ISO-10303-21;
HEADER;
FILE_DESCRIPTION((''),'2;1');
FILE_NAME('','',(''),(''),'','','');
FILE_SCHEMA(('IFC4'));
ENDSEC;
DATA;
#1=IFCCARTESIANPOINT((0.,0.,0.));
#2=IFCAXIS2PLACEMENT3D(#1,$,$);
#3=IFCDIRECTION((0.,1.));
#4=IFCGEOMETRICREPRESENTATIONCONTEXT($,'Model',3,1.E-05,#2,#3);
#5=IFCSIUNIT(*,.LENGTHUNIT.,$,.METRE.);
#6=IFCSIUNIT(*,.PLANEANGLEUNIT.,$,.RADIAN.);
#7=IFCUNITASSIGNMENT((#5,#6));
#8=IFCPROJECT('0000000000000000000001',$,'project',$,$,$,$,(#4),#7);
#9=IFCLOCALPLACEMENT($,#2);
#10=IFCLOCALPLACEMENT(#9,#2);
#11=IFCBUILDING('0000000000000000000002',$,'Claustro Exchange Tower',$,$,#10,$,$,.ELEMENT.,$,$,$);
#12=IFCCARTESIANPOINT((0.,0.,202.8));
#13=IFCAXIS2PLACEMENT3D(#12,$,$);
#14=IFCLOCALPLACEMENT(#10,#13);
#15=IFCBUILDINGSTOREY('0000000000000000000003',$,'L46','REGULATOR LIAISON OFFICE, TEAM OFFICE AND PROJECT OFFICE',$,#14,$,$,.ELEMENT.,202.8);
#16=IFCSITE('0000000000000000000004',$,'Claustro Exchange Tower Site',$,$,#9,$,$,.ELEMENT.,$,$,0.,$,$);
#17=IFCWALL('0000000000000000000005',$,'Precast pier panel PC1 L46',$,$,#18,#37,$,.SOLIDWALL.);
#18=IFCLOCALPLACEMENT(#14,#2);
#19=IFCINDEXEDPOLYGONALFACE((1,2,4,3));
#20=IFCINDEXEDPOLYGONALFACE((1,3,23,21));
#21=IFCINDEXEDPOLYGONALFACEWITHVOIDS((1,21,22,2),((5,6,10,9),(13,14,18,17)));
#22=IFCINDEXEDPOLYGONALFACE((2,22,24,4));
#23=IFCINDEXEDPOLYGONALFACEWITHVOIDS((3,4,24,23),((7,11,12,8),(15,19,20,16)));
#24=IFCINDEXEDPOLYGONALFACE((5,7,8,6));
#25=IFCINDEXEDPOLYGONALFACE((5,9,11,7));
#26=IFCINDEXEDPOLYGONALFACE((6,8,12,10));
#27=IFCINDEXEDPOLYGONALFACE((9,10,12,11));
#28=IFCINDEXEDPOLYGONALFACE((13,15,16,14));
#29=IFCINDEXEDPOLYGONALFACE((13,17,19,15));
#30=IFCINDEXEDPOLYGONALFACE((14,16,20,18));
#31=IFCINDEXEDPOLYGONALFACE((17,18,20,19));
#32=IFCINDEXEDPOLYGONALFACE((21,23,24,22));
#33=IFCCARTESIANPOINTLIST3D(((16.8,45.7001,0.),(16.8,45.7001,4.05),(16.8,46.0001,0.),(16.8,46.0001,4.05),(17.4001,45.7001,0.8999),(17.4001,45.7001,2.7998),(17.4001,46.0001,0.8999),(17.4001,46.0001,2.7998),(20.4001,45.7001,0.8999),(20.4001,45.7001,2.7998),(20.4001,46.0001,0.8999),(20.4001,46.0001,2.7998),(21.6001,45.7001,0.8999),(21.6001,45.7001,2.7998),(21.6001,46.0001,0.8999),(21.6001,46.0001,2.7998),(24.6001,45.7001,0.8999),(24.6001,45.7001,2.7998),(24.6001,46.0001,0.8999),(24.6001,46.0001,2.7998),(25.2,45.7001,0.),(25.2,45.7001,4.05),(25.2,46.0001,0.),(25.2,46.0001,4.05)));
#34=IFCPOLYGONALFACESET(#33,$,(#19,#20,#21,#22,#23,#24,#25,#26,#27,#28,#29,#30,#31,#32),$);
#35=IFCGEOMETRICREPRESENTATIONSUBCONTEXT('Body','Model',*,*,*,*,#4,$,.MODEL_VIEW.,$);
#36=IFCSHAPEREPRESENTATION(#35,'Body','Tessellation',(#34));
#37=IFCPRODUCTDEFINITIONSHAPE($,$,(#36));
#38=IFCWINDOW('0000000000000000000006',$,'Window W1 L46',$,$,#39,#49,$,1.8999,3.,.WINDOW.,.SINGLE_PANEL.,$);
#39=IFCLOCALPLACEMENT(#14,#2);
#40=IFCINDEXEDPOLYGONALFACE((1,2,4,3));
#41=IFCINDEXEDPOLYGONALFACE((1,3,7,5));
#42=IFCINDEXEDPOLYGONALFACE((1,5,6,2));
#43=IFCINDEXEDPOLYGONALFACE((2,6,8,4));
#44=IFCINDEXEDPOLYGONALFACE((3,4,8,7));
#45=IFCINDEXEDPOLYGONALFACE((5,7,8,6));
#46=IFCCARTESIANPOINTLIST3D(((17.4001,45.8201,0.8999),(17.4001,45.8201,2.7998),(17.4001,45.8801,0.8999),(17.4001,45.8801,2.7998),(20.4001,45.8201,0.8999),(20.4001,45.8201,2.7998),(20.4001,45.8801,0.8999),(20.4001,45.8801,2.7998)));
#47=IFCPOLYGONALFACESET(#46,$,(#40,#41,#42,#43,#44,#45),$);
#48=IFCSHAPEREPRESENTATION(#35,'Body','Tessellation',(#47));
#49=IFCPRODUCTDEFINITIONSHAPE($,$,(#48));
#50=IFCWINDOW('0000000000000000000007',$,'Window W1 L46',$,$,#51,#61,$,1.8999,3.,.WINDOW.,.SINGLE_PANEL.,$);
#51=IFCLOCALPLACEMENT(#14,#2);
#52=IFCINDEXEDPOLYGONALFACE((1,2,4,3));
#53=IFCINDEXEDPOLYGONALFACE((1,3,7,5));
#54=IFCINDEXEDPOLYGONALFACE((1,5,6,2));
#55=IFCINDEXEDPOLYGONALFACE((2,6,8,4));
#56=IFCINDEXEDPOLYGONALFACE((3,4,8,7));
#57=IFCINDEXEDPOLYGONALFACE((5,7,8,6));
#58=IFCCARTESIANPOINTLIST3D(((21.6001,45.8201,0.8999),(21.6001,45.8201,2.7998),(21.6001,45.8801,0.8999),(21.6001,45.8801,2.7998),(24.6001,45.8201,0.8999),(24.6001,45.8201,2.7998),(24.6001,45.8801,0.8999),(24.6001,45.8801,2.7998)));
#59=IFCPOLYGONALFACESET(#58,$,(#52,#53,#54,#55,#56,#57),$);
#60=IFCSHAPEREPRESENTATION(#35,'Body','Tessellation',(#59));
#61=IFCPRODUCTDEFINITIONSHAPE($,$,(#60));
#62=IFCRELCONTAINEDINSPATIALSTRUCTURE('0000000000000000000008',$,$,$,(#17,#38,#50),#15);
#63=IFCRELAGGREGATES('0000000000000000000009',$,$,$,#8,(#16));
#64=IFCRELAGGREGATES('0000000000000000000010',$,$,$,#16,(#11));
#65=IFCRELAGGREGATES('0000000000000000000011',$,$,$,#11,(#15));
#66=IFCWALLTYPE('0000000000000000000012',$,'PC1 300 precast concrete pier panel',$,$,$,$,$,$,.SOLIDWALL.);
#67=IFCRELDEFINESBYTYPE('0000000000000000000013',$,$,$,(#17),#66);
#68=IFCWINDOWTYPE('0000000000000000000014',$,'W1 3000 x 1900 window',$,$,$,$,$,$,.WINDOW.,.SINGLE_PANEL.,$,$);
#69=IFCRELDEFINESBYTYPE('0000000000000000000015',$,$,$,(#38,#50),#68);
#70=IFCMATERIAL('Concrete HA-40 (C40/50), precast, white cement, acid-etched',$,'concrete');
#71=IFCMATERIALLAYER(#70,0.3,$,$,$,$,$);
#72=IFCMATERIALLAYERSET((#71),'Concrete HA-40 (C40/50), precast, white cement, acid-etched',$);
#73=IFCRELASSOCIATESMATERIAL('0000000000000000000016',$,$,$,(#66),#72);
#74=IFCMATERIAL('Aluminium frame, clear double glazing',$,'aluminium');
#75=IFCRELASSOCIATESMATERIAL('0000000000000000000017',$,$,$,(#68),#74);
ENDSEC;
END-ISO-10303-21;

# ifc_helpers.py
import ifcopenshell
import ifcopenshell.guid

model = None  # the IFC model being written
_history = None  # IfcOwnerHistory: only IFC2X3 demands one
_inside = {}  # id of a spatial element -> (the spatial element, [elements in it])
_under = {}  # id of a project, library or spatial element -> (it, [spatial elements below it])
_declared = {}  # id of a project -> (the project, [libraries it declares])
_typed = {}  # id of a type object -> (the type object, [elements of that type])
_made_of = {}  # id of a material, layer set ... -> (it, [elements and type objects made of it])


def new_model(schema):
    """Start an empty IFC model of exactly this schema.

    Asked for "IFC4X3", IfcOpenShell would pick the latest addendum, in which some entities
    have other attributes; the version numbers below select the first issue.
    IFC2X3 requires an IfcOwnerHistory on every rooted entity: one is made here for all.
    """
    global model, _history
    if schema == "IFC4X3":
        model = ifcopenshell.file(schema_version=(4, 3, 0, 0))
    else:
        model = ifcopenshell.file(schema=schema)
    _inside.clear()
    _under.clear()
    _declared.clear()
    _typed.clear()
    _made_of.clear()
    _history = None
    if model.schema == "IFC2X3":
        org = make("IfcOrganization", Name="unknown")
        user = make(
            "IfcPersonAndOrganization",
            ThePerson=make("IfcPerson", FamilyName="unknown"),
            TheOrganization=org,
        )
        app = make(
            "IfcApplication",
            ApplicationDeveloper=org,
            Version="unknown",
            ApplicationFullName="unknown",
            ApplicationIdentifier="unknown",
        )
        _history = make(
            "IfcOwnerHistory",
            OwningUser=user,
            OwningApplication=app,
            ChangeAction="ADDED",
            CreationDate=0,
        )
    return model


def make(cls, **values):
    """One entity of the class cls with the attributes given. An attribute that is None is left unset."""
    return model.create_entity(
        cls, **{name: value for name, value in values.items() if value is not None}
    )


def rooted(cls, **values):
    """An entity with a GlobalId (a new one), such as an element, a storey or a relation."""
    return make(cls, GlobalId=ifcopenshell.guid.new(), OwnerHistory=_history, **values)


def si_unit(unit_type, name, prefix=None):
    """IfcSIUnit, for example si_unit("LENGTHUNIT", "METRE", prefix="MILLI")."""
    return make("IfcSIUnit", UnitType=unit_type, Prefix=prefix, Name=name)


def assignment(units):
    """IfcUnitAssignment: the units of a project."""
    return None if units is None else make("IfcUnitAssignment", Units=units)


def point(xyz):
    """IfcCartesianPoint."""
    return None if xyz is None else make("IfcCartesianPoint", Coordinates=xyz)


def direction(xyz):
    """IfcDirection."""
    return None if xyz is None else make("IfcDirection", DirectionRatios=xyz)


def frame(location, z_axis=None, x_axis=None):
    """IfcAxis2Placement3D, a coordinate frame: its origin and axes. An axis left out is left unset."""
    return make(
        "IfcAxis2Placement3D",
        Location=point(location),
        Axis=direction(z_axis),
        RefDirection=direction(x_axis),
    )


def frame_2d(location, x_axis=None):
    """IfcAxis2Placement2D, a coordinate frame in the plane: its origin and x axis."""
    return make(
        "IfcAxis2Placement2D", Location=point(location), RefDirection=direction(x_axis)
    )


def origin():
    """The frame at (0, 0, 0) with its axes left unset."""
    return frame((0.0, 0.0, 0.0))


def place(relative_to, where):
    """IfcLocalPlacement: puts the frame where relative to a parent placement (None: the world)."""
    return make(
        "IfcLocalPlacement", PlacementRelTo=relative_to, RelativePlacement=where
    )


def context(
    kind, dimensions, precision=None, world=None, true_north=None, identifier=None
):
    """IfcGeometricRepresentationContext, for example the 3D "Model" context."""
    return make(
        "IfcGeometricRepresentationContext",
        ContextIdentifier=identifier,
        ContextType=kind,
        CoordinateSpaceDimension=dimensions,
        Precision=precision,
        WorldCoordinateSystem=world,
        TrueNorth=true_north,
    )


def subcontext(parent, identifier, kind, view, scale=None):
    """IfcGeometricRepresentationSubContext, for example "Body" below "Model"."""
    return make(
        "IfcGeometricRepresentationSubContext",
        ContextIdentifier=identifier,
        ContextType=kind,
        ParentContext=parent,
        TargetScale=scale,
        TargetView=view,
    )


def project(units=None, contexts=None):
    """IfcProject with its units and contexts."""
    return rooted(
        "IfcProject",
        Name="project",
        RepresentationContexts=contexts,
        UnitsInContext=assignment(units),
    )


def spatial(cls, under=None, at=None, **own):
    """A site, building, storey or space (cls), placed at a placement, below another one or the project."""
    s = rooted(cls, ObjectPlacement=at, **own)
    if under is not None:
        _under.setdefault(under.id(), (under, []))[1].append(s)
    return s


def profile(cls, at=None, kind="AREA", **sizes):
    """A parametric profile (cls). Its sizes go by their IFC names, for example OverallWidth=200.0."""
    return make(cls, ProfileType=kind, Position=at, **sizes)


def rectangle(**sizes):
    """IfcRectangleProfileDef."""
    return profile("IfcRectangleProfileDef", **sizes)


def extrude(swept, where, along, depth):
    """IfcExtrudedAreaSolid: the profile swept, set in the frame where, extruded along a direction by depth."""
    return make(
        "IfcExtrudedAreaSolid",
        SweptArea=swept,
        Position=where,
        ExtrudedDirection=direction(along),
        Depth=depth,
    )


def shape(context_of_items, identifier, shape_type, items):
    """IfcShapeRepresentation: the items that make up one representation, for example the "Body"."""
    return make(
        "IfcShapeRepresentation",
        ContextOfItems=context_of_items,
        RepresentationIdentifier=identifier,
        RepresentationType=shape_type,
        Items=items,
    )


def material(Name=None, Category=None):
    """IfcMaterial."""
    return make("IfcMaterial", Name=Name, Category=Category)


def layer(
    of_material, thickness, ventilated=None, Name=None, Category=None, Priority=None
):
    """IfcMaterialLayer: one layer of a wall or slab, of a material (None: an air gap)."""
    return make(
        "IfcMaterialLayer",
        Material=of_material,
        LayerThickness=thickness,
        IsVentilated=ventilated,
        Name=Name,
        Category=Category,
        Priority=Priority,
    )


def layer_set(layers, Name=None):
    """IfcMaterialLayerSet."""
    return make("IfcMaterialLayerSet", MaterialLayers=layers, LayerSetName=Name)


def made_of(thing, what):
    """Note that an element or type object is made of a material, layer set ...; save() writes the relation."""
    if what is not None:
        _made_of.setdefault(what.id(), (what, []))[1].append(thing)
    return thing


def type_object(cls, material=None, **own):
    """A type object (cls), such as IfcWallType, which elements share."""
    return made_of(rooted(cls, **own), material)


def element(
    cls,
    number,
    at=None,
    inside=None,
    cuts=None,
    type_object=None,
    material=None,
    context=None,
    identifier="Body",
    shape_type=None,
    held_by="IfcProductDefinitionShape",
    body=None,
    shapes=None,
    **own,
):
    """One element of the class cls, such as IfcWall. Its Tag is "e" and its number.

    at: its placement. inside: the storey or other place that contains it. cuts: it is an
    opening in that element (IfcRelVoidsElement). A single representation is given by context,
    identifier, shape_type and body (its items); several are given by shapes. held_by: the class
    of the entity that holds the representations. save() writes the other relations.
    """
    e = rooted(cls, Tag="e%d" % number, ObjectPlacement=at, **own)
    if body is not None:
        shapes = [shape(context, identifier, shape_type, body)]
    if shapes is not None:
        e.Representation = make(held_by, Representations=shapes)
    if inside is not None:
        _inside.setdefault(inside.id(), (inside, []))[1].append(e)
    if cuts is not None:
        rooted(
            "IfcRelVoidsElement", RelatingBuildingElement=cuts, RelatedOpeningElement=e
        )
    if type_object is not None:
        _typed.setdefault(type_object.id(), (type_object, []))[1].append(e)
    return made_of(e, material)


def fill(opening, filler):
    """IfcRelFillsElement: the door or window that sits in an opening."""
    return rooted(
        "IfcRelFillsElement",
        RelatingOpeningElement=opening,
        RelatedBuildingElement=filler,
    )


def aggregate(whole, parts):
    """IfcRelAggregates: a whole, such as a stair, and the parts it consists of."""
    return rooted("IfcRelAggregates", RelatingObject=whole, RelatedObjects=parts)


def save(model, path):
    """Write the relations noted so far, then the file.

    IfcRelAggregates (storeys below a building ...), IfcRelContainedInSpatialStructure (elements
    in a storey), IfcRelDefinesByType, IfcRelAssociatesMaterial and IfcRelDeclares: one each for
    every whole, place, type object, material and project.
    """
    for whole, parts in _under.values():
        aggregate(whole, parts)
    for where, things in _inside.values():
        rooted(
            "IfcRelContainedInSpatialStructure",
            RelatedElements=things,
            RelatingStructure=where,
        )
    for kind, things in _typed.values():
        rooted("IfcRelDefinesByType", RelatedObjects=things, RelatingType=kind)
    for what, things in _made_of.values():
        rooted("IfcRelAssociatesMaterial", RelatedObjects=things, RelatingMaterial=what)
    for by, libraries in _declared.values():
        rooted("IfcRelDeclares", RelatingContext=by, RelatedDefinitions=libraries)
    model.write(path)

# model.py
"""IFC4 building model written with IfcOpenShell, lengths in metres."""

from ifc_helpers import new_model, si_unit, direction, frame, frame_2d, origin, place, context, subcontext, project, spatial, rectangle, extrude, material, layer, layer_set, type_object, element, fill, save


model = new_model("IFC4")

# Units and contexts
model_context = context("Model", 3, precision=1e-05, world=origin(), true_north=direction((0.0, 1.0)))
body_context = subcontext(model_context, "Body", "Model", "MODEL_VIEW")
ifc_project = project(units=[si_unit("LENGTHUNIT", "METRE"), si_unit("PLANEANGLEUNIT", "RADIAN")], contexts=[model_context])

# Site, building, storey
site_placement = place(None, origin())
site = spatial("IfcSite", under=ifc_project, at=site_placement, Name="Claustro Exchange Tower Site", CompositionType="ELEMENT", RefElevation=0.0)
building_placement = place(site_placement, origin())
building = spatial("IfcBuilding", under=site, at=building_placement, Name="Claustro Exchange Tower", CompositionType="ELEMENT")
storey_placement = place(building_placement, frame((0.0, 0.0, 202.8)))
storey = spatial("IfcBuildingStorey", under=building, at=storey_placement, Name="L46", Description="REGULATOR LIAISON OFFICE, TEAM OFFICE AND PROJECT OFFICE", CompositionType="ELEMENT", Elevation=202.8)

# Wall, openings, windows
ifc_material_1 = material(Name="Concrete HA-40 (C40/50), precast, white cement, acid-etched", Category="concrete")
ifc_layer_1 = layer(ifc_material_1, 0.3)
ifc_layer_set_1 = layer_set([ifc_layer_1], Name="Concrete HA-40 (C40/50), precast, white cement, acid-etched")
wall_type_1 = type_object("IfcWallType", Name="PC1 300 precast concrete pier panel", PredefinedType="SOLIDWALL", material=ifc_layer_set_1)
wall_1_placement = place(storey_placement, frame((16.8, 45.8501, 0.0), z_axis=(0.0, 0.0, 1.0), x_axis=(1.0, 0.0, 0.0)))
wall_1 = element("IfcWall", 1, at=wall_1_placement, inside=storey, type_object=wall_type_1, Name="Precast pier panel PC1 L46", PredefinedType="SOLIDWALL", context=body_context, shape_type="SweptSolid", body=[
    extrude(rectangle(XDim=8.3999, YDim=0.3, at=frame_2d((4.2, 0.0))), origin(), (0.0, 0.0, 1.0), 4.05),
])
opening_1_placement = place(wall_1_placement, frame((0.6001, 0.0, 0.8999)))
opening_1 = element("IfcOpeningElement", 2, at=opening_1_placement, cuts=wall_1, PredefinedType="OPENING", context=body_context, shape_type="SweptSolid", body=[
    extrude(rectangle(XDim=3.0, YDim=1.8999, at=frame_2d((1.5, 0.95))), frame((0.0, 0.1599, 0.0), z_axis=(0.0, -1.0, 0.0), x_axis=(1.0, 0.0, 0.0)), (0.0, 0.0, 1.0), 0.3201),
])
opening_2_placement = place(wall_1_placement, frame((4.8, 0.0, 0.8999)))
opening_2 = element("IfcOpeningElement", 3, at=opening_2_placement, cuts=wall_1, PredefinedType="OPENING", context=body_context, shape_type="SweptSolid", body=[
    extrude(rectangle(XDim=3.0, YDim=1.8999, at=frame_2d((1.5, 0.95))), frame((0.0, 0.1599, 0.0), z_axis=(0.0, -1.0, 0.0), x_axis=(1.0, 0.0, 0.0)), (0.0, 0.0, 1.0), 0.3201),
])
ifc_material_2 = material(Name="Aluminium frame, clear double glazing", Category="aluminium")
window_type = type_object("IfcWindowType", Name="W1 3000 x 1900 window", PartitioningType="SINGLE_PANEL", PredefinedType="WINDOW", material=ifc_material_2)
window_1_placement = place(opening_1_placement, origin())
window_1 = element("IfcWindow", 4, at=window_1_placement, inside=storey, type_object=window_type, Name="Window W1 L46", OverallHeight=1.8999, OverallWidth=3.0, PartitioningType="SINGLE_PANEL", PredefinedType="WINDOW", context=body_context, shape_type="SweptSolid", body=[
    extrude(rectangle(XDim=3.0, YDim=1.8999, at=frame_2d((1.5, 0.95))), frame((0.0, 0.03, 0.0), z_axis=(0.0, -1.0, 0.0), x_axis=(1.0, 0.0, 0.0)), (0.0, 0.0, 1.0), 0.0601),
])
fill(opening_1, window_1)
window_2_placement = place(opening_2_placement, origin())
window_2 = element("IfcWindow", 5, at=window_2_placement, inside=storey, type_object=window_type, Name="Window W1 L46", OverallHeight=1.8999, OverallWidth=3.0, PartitioningType="SINGLE_PANEL", PredefinedType="WINDOW", context=body_context, shape_type="SweptSolid", body=[
    extrude(rectangle(XDim=3.0, YDim=1.8999, at=frame_2d((1.5, 0.95))), frame((0.0, 0.03, 0.0), z_axis=(0.0, -1.0, 0.0), x_axis=(1.0, 0.0, 0.0)), (0.0, 0.0, 1.0), 0.0601),
])
fill(opening_2, window_2)

save(model, "model.ifc")
